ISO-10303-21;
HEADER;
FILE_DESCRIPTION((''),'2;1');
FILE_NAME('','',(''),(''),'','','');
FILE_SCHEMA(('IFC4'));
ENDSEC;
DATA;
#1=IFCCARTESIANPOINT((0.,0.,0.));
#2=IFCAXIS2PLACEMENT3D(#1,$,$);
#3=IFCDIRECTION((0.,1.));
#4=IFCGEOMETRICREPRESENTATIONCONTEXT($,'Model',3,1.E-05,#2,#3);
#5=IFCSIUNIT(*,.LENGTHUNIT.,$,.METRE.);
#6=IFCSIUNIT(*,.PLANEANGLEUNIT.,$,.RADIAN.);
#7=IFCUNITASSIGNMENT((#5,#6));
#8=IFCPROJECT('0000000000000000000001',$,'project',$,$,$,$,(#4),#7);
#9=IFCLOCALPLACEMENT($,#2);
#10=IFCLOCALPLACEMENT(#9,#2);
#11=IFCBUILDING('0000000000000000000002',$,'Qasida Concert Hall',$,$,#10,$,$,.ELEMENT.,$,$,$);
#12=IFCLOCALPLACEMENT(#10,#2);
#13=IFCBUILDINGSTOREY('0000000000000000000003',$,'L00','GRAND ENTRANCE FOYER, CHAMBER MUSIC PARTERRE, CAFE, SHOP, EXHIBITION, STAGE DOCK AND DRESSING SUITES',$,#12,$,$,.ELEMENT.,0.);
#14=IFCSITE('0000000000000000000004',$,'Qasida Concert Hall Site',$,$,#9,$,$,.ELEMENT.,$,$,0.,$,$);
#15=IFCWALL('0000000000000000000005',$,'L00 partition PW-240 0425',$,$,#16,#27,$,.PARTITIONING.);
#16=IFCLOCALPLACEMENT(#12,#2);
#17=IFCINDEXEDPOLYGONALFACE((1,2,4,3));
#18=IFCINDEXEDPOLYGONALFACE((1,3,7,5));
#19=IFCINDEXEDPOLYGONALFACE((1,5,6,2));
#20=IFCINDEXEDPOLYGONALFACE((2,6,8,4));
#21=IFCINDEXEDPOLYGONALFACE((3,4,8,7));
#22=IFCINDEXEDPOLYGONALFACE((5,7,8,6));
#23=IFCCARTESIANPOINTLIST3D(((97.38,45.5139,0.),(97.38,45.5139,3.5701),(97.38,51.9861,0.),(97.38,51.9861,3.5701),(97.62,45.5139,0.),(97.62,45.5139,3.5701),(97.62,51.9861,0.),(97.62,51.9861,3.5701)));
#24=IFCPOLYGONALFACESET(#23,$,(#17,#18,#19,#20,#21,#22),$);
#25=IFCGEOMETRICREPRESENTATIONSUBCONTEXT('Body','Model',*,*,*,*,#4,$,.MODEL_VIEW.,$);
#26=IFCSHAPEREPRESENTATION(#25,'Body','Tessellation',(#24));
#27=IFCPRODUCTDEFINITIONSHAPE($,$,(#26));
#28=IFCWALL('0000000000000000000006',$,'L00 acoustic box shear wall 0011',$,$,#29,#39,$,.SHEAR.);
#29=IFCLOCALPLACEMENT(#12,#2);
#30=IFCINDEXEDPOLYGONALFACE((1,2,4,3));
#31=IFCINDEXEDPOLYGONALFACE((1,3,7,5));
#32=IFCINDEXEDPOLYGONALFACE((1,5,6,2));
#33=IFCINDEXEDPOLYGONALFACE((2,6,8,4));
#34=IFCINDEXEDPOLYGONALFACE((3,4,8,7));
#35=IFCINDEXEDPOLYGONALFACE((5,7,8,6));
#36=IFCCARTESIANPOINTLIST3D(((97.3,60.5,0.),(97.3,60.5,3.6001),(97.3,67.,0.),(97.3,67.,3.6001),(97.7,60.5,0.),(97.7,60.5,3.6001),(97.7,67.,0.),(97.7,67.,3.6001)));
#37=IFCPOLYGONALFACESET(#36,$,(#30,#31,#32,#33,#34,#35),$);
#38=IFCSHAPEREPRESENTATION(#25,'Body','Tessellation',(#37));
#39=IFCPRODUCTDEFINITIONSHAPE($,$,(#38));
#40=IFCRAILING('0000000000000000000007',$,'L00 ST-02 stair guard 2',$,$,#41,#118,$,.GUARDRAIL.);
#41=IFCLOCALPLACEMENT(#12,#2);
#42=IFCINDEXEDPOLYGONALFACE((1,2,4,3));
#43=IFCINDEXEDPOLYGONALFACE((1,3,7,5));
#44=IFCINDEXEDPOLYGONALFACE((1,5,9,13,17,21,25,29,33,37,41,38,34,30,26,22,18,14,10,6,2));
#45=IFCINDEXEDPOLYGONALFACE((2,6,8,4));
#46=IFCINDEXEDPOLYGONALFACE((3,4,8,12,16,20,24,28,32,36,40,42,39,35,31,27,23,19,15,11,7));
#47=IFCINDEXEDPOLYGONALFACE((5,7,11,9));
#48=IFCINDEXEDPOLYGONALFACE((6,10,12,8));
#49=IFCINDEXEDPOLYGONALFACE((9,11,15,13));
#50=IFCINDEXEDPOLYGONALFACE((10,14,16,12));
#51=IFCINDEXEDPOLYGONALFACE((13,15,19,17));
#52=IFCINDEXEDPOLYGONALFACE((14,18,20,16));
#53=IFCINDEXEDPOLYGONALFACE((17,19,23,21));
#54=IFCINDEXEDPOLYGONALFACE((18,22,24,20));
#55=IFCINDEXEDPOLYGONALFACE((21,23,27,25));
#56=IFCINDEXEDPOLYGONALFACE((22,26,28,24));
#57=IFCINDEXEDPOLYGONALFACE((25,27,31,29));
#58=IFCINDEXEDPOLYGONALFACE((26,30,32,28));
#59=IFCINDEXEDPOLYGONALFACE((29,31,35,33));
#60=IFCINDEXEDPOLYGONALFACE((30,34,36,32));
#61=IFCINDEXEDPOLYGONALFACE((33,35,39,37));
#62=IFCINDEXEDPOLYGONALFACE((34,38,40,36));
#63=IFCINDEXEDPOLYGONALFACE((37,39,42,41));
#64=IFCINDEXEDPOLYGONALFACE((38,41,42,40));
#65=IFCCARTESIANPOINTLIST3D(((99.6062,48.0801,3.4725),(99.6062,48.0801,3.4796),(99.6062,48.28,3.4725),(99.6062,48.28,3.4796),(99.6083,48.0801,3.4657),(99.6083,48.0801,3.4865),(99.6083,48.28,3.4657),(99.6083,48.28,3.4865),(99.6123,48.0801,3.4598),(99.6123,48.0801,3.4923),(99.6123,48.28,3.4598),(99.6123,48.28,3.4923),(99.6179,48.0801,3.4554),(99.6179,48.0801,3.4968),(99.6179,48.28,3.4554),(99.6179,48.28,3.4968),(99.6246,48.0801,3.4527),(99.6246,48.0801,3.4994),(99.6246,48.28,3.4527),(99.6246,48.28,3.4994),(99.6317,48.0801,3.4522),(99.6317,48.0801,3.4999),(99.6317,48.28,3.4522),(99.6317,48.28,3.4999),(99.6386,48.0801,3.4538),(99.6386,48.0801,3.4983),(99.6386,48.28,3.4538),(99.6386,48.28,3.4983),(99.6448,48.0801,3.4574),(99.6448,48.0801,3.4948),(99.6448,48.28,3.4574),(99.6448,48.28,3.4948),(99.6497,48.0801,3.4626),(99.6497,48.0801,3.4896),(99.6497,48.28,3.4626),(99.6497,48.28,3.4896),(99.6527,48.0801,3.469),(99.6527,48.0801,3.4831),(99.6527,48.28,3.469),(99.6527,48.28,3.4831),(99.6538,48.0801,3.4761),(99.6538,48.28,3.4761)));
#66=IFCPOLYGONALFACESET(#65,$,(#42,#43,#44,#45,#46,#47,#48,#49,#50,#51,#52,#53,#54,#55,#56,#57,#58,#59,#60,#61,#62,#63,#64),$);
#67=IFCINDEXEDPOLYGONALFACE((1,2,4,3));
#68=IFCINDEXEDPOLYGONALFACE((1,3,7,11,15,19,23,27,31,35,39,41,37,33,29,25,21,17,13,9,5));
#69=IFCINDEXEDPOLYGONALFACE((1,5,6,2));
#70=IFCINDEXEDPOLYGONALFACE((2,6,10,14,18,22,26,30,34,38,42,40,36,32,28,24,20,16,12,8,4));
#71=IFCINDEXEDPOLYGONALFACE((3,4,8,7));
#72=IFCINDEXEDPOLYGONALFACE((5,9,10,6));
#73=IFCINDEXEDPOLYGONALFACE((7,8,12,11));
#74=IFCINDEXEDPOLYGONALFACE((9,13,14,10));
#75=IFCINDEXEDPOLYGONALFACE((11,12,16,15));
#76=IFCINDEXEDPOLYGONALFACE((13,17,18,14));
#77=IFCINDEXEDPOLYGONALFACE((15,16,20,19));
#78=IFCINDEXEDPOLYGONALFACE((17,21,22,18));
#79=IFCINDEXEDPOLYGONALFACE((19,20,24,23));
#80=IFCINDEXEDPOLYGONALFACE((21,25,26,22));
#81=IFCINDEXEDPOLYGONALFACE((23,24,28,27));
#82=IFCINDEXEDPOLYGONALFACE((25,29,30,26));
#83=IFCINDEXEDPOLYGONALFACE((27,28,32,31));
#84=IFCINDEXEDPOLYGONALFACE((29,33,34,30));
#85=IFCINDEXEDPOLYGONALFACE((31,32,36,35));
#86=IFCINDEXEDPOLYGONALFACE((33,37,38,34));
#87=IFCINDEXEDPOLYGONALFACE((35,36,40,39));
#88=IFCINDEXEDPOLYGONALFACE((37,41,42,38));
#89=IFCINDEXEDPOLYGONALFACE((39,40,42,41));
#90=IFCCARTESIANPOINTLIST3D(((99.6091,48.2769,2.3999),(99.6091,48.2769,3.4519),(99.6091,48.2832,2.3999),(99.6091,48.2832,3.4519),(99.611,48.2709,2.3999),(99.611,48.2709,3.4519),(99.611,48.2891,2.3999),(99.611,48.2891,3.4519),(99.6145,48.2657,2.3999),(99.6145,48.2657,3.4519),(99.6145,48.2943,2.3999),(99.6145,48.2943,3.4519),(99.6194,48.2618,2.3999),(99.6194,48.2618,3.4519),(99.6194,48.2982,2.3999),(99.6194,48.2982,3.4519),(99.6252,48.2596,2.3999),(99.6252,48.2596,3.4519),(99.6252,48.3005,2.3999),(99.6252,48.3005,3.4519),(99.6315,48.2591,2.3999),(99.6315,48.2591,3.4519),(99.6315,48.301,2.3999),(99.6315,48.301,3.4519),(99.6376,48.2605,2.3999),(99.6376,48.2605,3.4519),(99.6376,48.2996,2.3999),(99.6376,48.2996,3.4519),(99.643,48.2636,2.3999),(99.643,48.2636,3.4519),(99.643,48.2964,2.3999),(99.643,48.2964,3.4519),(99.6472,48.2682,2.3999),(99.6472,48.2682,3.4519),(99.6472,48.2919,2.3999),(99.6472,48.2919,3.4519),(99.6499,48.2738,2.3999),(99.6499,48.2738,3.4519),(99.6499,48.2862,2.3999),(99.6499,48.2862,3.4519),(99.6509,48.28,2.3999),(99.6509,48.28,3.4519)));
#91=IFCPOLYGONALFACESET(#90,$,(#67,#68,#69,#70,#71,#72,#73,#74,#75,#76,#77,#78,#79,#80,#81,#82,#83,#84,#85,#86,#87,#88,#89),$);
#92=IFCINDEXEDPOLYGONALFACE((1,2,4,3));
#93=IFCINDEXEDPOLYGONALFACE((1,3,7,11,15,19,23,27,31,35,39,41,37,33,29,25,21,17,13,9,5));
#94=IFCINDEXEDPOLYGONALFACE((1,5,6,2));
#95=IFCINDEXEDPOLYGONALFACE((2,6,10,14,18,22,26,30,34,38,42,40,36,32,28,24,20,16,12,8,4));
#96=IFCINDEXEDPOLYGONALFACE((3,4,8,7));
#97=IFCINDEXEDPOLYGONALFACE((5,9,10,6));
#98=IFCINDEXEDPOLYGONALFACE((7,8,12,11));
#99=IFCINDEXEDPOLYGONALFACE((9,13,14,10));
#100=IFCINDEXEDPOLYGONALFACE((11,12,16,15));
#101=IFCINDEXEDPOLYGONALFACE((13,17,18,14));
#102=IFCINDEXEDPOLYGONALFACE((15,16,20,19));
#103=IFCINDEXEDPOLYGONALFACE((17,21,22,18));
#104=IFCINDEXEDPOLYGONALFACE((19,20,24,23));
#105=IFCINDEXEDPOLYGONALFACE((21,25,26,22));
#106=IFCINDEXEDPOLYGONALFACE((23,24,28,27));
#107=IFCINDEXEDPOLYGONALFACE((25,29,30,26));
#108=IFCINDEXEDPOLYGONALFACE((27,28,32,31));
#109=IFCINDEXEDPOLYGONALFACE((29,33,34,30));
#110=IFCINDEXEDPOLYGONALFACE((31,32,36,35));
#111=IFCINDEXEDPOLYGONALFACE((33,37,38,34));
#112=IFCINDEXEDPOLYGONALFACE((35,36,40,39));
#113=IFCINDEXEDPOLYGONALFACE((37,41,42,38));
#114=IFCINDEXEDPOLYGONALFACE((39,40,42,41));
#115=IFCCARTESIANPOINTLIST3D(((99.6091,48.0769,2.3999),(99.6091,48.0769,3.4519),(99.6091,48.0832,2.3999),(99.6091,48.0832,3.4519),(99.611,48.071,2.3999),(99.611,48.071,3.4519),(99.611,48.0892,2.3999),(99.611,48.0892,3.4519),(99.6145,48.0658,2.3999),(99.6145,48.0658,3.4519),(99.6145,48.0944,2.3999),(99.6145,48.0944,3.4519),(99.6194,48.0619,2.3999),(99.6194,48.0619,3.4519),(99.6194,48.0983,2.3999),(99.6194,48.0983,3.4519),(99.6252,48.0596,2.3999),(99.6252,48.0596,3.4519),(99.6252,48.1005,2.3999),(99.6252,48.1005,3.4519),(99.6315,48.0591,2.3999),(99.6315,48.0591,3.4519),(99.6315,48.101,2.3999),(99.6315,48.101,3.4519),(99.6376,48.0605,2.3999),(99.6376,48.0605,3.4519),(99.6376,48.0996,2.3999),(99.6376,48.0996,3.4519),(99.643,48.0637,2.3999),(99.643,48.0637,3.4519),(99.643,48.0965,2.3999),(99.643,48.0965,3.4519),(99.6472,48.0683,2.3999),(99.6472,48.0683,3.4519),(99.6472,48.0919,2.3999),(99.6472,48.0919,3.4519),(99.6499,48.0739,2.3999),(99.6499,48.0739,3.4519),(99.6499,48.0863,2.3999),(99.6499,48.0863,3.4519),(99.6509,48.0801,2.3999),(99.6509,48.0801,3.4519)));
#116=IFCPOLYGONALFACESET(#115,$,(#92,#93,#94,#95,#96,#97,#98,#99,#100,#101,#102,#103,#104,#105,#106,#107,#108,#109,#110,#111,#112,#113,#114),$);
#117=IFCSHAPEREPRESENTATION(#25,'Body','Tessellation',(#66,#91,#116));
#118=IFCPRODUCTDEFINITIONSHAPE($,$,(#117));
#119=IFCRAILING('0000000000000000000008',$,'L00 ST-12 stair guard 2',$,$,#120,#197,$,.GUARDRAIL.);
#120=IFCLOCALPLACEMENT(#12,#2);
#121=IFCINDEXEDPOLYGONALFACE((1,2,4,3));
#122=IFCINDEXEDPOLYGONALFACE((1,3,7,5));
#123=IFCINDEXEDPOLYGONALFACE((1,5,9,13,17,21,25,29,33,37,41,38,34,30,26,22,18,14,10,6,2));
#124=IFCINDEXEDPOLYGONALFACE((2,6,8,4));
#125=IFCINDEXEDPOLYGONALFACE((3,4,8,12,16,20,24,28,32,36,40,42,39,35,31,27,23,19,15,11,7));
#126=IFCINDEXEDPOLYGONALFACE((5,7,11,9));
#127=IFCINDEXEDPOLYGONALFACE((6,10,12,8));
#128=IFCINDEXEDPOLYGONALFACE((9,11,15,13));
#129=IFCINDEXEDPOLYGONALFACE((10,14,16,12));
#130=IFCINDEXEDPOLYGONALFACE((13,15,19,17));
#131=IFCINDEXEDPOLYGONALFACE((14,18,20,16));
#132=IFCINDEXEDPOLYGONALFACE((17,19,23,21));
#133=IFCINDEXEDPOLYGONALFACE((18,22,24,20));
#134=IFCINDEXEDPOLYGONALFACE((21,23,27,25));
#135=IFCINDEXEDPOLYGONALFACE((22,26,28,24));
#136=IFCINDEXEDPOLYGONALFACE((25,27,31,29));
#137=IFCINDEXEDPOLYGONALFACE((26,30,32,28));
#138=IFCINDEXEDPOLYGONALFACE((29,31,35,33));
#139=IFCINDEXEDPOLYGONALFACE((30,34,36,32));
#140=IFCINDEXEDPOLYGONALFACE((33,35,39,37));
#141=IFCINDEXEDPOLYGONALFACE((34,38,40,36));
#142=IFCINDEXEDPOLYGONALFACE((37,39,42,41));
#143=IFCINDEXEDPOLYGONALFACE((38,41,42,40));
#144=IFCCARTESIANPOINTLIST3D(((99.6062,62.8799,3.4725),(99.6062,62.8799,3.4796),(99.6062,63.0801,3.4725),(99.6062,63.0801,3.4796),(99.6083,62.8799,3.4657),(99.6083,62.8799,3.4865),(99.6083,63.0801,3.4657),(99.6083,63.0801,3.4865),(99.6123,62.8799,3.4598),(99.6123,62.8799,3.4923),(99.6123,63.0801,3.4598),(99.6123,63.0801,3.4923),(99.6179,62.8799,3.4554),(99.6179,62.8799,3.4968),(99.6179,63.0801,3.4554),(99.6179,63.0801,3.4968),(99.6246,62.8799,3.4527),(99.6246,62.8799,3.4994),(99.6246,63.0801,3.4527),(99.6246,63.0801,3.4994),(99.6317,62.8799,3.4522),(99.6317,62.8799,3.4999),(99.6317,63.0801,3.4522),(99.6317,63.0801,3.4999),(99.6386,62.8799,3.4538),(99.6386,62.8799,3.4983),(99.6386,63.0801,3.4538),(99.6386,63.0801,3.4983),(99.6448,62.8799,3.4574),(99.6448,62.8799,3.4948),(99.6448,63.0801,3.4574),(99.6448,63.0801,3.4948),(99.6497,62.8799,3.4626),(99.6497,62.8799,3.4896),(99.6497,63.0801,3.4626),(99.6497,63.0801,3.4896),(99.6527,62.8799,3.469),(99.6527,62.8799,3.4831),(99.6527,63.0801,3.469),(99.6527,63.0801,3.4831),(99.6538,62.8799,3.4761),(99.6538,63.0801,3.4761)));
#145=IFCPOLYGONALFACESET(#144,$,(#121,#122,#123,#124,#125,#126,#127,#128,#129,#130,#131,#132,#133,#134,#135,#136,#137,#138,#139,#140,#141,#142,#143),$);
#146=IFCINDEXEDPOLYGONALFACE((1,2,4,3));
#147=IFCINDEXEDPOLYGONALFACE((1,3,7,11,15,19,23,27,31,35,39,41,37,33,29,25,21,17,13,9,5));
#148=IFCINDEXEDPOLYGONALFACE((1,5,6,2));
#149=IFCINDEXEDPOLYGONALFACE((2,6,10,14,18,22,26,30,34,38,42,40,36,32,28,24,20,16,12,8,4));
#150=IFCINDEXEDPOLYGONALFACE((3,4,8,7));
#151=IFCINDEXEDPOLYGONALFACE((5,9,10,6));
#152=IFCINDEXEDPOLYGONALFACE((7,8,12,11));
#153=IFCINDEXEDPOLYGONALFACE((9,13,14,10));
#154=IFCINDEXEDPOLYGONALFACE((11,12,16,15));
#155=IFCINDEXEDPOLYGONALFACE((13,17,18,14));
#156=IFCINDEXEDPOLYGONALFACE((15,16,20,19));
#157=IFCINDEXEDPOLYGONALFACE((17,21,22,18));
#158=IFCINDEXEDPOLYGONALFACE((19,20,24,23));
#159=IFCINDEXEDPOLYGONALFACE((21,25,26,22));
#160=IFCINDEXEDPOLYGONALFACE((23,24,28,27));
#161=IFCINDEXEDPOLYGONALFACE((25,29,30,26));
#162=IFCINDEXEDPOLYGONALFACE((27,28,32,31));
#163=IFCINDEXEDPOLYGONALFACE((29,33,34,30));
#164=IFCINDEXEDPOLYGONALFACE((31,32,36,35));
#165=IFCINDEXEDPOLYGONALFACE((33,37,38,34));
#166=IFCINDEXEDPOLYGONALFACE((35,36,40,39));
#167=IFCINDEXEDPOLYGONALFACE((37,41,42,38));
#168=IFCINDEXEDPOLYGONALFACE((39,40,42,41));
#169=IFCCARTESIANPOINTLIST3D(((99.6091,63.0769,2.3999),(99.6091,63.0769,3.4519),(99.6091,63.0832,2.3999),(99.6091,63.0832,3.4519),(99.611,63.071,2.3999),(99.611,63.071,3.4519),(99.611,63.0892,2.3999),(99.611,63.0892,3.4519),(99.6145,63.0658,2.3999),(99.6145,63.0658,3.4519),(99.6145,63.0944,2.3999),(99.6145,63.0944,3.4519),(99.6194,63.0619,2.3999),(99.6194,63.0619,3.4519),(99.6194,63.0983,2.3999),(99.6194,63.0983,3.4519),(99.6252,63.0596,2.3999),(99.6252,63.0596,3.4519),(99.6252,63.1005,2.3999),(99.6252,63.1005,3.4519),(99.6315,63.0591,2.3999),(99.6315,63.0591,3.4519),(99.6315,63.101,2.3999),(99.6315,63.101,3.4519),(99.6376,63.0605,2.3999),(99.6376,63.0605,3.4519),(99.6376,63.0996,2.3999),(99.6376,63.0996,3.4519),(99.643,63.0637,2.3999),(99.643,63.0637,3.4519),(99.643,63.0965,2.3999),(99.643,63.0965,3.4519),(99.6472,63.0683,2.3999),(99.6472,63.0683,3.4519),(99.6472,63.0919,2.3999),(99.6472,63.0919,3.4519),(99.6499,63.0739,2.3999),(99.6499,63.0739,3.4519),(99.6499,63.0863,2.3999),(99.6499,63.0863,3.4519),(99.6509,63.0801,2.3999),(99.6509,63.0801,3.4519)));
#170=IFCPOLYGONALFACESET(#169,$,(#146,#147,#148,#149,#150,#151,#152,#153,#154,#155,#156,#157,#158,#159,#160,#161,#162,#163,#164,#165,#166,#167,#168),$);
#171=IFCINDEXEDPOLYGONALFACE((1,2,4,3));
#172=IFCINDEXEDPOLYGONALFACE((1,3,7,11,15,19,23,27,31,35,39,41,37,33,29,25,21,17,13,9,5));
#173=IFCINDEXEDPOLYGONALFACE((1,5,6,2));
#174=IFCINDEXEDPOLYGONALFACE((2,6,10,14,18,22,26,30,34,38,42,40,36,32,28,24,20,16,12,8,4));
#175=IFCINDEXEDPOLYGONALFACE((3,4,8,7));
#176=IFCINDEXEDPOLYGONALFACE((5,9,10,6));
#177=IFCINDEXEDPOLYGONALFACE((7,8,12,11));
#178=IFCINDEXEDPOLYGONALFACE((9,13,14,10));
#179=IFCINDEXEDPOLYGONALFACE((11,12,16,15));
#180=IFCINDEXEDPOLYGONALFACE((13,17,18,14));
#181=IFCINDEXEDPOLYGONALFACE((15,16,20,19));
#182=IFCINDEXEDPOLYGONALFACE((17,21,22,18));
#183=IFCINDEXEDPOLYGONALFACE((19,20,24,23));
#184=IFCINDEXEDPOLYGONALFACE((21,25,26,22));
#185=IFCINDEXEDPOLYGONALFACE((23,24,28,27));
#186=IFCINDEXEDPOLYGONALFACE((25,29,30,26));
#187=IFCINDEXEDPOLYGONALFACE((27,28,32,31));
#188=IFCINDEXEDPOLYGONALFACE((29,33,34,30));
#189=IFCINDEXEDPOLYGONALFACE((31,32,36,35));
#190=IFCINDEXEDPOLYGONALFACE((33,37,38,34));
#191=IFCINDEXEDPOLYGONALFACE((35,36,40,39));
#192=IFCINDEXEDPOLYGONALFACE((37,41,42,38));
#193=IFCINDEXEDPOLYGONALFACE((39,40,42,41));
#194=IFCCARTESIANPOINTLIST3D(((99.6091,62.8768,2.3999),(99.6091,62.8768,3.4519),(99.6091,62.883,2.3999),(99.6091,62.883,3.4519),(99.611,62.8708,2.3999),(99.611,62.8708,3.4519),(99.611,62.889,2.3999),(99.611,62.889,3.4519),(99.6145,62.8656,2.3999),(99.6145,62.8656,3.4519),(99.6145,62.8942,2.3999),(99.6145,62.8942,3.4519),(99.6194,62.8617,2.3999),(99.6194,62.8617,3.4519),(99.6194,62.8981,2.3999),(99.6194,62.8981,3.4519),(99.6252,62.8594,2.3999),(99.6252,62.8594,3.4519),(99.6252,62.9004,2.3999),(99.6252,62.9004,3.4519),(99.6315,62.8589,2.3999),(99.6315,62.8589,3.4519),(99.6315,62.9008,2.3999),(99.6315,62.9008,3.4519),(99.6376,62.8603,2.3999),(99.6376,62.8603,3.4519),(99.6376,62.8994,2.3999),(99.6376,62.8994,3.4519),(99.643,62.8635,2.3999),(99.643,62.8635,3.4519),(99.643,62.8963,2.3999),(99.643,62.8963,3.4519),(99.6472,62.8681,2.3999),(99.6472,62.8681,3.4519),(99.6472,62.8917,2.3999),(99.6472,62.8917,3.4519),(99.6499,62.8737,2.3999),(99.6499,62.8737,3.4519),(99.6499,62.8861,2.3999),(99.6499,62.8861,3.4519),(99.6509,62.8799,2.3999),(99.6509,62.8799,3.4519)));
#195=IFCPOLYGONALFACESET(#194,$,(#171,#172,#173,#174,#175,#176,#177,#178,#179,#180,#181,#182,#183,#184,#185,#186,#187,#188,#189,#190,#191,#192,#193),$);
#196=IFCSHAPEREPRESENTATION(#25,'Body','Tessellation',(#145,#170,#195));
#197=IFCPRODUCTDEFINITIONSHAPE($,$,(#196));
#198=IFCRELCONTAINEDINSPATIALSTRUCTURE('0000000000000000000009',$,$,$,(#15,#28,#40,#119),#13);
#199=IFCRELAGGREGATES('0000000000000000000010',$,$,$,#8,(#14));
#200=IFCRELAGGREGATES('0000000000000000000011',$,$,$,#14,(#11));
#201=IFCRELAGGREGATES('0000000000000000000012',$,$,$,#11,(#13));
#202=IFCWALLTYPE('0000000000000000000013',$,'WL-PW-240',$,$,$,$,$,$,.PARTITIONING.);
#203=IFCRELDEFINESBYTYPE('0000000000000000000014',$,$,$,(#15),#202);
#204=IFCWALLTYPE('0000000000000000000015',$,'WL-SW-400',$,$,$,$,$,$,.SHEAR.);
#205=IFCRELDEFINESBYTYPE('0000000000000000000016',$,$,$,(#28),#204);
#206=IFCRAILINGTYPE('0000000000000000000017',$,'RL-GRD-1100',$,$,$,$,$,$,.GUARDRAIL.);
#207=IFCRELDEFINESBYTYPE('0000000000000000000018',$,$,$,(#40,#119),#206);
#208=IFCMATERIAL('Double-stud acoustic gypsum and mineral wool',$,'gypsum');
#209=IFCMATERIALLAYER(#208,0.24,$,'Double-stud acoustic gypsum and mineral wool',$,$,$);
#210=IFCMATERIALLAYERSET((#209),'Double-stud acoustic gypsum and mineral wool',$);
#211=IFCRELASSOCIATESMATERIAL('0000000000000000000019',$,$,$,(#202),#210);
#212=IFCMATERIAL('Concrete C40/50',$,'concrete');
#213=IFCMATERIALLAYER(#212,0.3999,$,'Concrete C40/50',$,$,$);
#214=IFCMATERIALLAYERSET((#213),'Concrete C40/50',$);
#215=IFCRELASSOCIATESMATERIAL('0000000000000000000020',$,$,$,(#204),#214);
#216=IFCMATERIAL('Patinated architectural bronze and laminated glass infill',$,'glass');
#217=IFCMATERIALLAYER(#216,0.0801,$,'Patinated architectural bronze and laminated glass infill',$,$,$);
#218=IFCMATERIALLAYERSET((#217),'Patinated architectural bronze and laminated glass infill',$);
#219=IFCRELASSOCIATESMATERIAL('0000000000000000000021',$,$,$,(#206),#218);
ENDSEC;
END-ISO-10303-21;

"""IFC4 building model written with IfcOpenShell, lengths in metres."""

from ifc_helpers import new_model, si_unit, direction, frame, frame_2d, origin, origin_2d, place, context, subcontext, project, spatial, rectangle, circle, extrude, material, layer, layer_set, type_object, element, save


model = new_model("IFC4")

# Units and contexts
model_context = context("Model", 3, precision=1e-05, world=origin(), true_north=direction((0.0, 1.0)))
body_context = subcontext(model_context, "Body", "Model", "MODEL_VIEW")
ifc_project = project(units=[si_unit("LENGTHUNIT", "METRE"), si_unit("PLANEANGLEUNIT", "RADIAN")], contexts=[model_context])

# Site, building, storey
site_placement = place(None, origin())
site = spatial("IfcSite", under=ifc_project, at=site_placement, Name="Qasida Concert Hall Site", CompositionType="ELEMENT", RefElevation=0.0)
building_placement = place(site_placement, origin())
building = spatial("IfcBuilding", under=site, at=building_placement, Name="Qasida Concert Hall", CompositionType="ELEMENT")
storey_placement = place(building_placement, origin())
storey = spatial("IfcBuildingStorey", under=building, at=storey_placement, Name="L00", Description="GRAND ENTRANCE FOYER, CHAMBER MUSIC PARTERRE, CAFE, SHOP, EXHIBITION, STAGE DOCK AND DRESSING SUITES", CompositionType="ELEMENT", Elevation=0.0)

# Shared definitions
ifc_material_1 = material(Name="Concrete C40/50", Category="concrete")

# Wall
ifc_material_2 = material(Name="Double-stud acoustic gypsum and mineral wool", Category="gypsum")
ifc_layer_1 = layer(ifc_material_2, 0.24, Name="Double-stud acoustic gypsum and mineral wool")
ifc_layer_set_1 = layer_set([ifc_layer_1], Name="Double-stud acoustic gypsum and mineral wool")
wall_type_1 = type_object("IfcWallType", Name="WL-PW-240", PredefinedType="PARTITIONING", material=ifc_layer_set_1)
wall_1_placement = place(storey_placement, frame((97.5, 45.5139, 0.0), z_axis=(0.0, 0.0, 1.0), x_axis=(0.0, 1.0, 0.0)))
element("IfcWall", 1, at=wall_1_placement, inside=storey, type_object=wall_type_1, Name="L00 partition PW-240 0425", PredefinedType="PARTITIONING", context=body_context, shape_type="SweptSolid", body=[
    extrude(rectangle(XDim=6.4722, YDim=0.24, at=frame_2d((3.2361, 0.0))), origin(), (0.0, 0.0, 1.0), 3.5701),
])

# Wall
ifc_layer_2 = layer(ifc_material_1, 0.3999, Name="Concrete C40/50")
ifc_layer_set_2 = layer_set([ifc_layer_2], Name="Concrete C40/50")
wall_type_2 = type_object("IfcWallType", Name="WL-SW-400", PredefinedType="SHEAR", material=ifc_layer_set_2)
wall_2_placement = place(storey_placement, frame((97.5, 60.5, 0.0), z_axis=(0.0, 0.0, 1.0), x_axis=(0.0, 1.0, 0.0)))
element("IfcWall", 2, at=wall_2_placement, inside=storey, type_object=wall_type_2, Name="L00 acoustic box shear wall 0011", PredefinedType="SHEAR", context=body_context, shape_type="SweptSolid", body=[
    extrude(rectangle(XDim=6.5, YDim=0.3999, at=frame_2d((3.25, 0.0))), origin(), (0.0, 0.0, 1.0), 3.6001),
])

# Railings
ifc_material_3 = material(Name="Patinated architectural bronze and laminated glass infill", Category="glass")
ifc_layer_3 = layer(ifc_material_3, 0.0801, Name="Patinated architectural bronze and laminated glass infill")
ifc_layer_set_3 = layer_set([ifc_layer_3], Name="Patinated architectural bronze and laminated glass infill")
railing_type = type_object("IfcRailingType", Name="RL-GRD-1100", PredefinedType="GUARDRAIL", material=ifc_layer_set_3)
railing_1_placement = place(storey_placement, frame((99.6299, 48.28, 2.3999)))
element("IfcRailing", 3, at=railing_1_placement, inside=storey, type_object=railing_type, Name="L00 ST-02 stair guard 2", PredefinedType="GUARDRAIL", context=body_context, shape_type="SweptSolid", body=[
    extrude(circle(Radius=0.0239, at=origin_2d()), frame((0.0, 0.0, 1.0762), z_axis=(0.0, -1.0, 0.0), x_axis=(1.0, 0.0, 0.0)), (0.0, 0.0, 1.0), 0.2),
    extrude(circle(Radius=0.021, at=origin_2d()), origin(), (0.0, 0.0, 1.0), 1.052),
    extrude(circle(Radius=0.021, at=origin_2d()), frame((0.0, -0.2, 0.0)), (0.0, 0.0, 1.0), 1.052),
])
railing_2_placement = place(storey_placement, frame((99.6299, 63.0801, 2.3999)))
element("IfcRailing", 4, at=railing_2_placement, inside=storey, type_object=railing_type, Name="L00 ST-12 stair guard 2", PredefinedType="GUARDRAIL", context=body_context, shape_type="SweptSolid", body=[
    extrude(circle(Radius=0.0239, at=origin_2d()), frame((0.0, 0.0, 1.0762), z_axis=(0.0, -1.0, 0.0), x_axis=(1.0, 0.0, 0.0)), (0.0, 0.0, 1.0), 0.2002),
    extrude(circle(Radius=0.021, at=origin_2d()), origin(), (0.0, 0.0, 1.0), 1.052),
    extrude(circle(Radius=0.021, at=origin_2d()), frame((0.0, -0.2002, 0.0)), (0.0, 0.0, 1.0), 1.052),
])

save(model, "model.ifc")
